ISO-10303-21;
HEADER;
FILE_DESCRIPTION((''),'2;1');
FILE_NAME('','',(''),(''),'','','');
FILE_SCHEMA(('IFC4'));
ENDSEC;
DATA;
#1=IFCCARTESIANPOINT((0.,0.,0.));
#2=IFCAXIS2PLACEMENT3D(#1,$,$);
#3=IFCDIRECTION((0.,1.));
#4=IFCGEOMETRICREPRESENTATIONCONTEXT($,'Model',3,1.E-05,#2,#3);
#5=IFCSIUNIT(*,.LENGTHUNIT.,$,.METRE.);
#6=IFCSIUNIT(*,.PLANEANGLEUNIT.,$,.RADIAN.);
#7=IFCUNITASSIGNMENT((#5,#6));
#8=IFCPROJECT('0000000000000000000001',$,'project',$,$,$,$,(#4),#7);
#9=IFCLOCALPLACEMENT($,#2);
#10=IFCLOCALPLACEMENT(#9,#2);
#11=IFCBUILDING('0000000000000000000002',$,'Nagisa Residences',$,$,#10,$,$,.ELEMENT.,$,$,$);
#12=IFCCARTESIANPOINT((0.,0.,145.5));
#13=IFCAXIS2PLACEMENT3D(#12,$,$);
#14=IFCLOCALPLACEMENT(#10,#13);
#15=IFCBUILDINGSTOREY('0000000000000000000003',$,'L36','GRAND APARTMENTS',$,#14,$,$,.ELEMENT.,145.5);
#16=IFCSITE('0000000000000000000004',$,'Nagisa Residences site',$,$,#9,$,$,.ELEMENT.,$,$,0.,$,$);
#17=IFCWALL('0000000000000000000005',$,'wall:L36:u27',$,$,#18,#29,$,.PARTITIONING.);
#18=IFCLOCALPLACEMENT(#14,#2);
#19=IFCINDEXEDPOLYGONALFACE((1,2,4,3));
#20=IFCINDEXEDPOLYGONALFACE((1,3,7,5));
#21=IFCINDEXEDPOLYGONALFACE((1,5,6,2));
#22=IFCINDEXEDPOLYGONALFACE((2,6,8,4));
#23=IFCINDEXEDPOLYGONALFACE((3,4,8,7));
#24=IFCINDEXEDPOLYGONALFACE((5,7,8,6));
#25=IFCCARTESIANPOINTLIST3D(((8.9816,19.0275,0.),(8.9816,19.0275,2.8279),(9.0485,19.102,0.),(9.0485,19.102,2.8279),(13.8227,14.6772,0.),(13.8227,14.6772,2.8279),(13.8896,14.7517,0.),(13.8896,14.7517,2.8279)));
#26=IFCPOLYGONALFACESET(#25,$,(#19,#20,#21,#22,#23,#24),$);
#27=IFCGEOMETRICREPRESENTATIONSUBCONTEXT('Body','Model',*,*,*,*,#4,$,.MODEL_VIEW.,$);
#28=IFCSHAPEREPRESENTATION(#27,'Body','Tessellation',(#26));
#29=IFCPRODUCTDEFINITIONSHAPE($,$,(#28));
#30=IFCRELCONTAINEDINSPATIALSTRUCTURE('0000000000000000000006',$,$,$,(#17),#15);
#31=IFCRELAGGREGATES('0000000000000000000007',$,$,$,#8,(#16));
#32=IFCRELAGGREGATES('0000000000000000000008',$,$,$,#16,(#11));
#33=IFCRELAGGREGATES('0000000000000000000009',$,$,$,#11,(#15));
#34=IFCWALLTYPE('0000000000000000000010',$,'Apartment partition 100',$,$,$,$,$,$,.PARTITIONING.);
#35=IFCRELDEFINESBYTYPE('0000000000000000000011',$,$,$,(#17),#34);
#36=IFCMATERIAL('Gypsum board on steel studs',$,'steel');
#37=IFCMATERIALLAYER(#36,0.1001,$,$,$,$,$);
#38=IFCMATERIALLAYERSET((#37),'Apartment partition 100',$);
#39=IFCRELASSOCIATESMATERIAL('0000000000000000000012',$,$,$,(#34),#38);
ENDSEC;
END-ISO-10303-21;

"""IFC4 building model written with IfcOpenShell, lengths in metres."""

from ifc_helpers import new_model, si_unit, direction, frame, frame_2d, origin, place, context, subcontext, project, spatial, rectangle, extrude, material, layer, layer_set, type_object, element, save


model = new_model("IFC4")

# Units and contexts
model_context = context("Model", 3, precision=1e-05, world=origin(), true_north=direction((0.0, 1.0)))
body_context = subcontext(model_context, "Body", "Model", "MODEL_VIEW")
ifc_project = project(units=[si_unit("LENGTHUNIT", "METRE"), si_unit("PLANEANGLEUNIT", "RADIAN")], contexts=[model_context])

# Site, building, storey
site_placement = place(None, origin())
site = spatial("IfcSite", under=ifc_project, at=site_placement, Name="Nagisa Residences site", CompositionType="ELEMENT", RefElevation=0.0)
building_placement = place(site_placement, origin())
building = spatial("IfcBuilding", under=site, at=building_placement, Name="Nagisa Residences", CompositionType="ELEMENT")
storey_placement = place(building_placement, frame((0.0, 0.0, 145.5)))
storey = spatial("IfcBuildingStorey", under=building, at=storey_placement, Name="L36", Description="GRAND APARTMENTS", CompositionType="ELEMENT", Elevation=145.5)

# Shared definitions
ifc_material_1 = material(Name="Gypsum board on steel studs", Category="steel")
ifc_layer_1 = layer(ifc_material_1, 0.1001)
ifc_layer_set_1 = layer_set([ifc_layer_1], Name="Apartment partition 100")
wall_type_1 = type_object("IfcWallType", Name="Apartment partition 100", PredefinedType="PARTITIONING", material=ifc_layer_set_1)

# Wall
wall_1_placement = place(storey_placement, frame((13.8562, 14.7144, 0.0), z_axis=(0.0, 0.0, 1.0), x_axis=(-0.743799, 0.668403, 0.0)))
element("IfcWall", 1, at=wall_1_placement, inside=storey, type_object=wall_type_1, Name="wall:L36:u27", PredefinedType="PARTITIONING", context=body_context, shape_type="SweptSolid", body=[
    extrude(rectangle(XDim=6.5085, YDim=0.1001, at=frame_2d((3.2544, 0.0))), origin(), (0.0, 0.0, 1.0), 2.8279),
])

save(model, "model.ifc")
